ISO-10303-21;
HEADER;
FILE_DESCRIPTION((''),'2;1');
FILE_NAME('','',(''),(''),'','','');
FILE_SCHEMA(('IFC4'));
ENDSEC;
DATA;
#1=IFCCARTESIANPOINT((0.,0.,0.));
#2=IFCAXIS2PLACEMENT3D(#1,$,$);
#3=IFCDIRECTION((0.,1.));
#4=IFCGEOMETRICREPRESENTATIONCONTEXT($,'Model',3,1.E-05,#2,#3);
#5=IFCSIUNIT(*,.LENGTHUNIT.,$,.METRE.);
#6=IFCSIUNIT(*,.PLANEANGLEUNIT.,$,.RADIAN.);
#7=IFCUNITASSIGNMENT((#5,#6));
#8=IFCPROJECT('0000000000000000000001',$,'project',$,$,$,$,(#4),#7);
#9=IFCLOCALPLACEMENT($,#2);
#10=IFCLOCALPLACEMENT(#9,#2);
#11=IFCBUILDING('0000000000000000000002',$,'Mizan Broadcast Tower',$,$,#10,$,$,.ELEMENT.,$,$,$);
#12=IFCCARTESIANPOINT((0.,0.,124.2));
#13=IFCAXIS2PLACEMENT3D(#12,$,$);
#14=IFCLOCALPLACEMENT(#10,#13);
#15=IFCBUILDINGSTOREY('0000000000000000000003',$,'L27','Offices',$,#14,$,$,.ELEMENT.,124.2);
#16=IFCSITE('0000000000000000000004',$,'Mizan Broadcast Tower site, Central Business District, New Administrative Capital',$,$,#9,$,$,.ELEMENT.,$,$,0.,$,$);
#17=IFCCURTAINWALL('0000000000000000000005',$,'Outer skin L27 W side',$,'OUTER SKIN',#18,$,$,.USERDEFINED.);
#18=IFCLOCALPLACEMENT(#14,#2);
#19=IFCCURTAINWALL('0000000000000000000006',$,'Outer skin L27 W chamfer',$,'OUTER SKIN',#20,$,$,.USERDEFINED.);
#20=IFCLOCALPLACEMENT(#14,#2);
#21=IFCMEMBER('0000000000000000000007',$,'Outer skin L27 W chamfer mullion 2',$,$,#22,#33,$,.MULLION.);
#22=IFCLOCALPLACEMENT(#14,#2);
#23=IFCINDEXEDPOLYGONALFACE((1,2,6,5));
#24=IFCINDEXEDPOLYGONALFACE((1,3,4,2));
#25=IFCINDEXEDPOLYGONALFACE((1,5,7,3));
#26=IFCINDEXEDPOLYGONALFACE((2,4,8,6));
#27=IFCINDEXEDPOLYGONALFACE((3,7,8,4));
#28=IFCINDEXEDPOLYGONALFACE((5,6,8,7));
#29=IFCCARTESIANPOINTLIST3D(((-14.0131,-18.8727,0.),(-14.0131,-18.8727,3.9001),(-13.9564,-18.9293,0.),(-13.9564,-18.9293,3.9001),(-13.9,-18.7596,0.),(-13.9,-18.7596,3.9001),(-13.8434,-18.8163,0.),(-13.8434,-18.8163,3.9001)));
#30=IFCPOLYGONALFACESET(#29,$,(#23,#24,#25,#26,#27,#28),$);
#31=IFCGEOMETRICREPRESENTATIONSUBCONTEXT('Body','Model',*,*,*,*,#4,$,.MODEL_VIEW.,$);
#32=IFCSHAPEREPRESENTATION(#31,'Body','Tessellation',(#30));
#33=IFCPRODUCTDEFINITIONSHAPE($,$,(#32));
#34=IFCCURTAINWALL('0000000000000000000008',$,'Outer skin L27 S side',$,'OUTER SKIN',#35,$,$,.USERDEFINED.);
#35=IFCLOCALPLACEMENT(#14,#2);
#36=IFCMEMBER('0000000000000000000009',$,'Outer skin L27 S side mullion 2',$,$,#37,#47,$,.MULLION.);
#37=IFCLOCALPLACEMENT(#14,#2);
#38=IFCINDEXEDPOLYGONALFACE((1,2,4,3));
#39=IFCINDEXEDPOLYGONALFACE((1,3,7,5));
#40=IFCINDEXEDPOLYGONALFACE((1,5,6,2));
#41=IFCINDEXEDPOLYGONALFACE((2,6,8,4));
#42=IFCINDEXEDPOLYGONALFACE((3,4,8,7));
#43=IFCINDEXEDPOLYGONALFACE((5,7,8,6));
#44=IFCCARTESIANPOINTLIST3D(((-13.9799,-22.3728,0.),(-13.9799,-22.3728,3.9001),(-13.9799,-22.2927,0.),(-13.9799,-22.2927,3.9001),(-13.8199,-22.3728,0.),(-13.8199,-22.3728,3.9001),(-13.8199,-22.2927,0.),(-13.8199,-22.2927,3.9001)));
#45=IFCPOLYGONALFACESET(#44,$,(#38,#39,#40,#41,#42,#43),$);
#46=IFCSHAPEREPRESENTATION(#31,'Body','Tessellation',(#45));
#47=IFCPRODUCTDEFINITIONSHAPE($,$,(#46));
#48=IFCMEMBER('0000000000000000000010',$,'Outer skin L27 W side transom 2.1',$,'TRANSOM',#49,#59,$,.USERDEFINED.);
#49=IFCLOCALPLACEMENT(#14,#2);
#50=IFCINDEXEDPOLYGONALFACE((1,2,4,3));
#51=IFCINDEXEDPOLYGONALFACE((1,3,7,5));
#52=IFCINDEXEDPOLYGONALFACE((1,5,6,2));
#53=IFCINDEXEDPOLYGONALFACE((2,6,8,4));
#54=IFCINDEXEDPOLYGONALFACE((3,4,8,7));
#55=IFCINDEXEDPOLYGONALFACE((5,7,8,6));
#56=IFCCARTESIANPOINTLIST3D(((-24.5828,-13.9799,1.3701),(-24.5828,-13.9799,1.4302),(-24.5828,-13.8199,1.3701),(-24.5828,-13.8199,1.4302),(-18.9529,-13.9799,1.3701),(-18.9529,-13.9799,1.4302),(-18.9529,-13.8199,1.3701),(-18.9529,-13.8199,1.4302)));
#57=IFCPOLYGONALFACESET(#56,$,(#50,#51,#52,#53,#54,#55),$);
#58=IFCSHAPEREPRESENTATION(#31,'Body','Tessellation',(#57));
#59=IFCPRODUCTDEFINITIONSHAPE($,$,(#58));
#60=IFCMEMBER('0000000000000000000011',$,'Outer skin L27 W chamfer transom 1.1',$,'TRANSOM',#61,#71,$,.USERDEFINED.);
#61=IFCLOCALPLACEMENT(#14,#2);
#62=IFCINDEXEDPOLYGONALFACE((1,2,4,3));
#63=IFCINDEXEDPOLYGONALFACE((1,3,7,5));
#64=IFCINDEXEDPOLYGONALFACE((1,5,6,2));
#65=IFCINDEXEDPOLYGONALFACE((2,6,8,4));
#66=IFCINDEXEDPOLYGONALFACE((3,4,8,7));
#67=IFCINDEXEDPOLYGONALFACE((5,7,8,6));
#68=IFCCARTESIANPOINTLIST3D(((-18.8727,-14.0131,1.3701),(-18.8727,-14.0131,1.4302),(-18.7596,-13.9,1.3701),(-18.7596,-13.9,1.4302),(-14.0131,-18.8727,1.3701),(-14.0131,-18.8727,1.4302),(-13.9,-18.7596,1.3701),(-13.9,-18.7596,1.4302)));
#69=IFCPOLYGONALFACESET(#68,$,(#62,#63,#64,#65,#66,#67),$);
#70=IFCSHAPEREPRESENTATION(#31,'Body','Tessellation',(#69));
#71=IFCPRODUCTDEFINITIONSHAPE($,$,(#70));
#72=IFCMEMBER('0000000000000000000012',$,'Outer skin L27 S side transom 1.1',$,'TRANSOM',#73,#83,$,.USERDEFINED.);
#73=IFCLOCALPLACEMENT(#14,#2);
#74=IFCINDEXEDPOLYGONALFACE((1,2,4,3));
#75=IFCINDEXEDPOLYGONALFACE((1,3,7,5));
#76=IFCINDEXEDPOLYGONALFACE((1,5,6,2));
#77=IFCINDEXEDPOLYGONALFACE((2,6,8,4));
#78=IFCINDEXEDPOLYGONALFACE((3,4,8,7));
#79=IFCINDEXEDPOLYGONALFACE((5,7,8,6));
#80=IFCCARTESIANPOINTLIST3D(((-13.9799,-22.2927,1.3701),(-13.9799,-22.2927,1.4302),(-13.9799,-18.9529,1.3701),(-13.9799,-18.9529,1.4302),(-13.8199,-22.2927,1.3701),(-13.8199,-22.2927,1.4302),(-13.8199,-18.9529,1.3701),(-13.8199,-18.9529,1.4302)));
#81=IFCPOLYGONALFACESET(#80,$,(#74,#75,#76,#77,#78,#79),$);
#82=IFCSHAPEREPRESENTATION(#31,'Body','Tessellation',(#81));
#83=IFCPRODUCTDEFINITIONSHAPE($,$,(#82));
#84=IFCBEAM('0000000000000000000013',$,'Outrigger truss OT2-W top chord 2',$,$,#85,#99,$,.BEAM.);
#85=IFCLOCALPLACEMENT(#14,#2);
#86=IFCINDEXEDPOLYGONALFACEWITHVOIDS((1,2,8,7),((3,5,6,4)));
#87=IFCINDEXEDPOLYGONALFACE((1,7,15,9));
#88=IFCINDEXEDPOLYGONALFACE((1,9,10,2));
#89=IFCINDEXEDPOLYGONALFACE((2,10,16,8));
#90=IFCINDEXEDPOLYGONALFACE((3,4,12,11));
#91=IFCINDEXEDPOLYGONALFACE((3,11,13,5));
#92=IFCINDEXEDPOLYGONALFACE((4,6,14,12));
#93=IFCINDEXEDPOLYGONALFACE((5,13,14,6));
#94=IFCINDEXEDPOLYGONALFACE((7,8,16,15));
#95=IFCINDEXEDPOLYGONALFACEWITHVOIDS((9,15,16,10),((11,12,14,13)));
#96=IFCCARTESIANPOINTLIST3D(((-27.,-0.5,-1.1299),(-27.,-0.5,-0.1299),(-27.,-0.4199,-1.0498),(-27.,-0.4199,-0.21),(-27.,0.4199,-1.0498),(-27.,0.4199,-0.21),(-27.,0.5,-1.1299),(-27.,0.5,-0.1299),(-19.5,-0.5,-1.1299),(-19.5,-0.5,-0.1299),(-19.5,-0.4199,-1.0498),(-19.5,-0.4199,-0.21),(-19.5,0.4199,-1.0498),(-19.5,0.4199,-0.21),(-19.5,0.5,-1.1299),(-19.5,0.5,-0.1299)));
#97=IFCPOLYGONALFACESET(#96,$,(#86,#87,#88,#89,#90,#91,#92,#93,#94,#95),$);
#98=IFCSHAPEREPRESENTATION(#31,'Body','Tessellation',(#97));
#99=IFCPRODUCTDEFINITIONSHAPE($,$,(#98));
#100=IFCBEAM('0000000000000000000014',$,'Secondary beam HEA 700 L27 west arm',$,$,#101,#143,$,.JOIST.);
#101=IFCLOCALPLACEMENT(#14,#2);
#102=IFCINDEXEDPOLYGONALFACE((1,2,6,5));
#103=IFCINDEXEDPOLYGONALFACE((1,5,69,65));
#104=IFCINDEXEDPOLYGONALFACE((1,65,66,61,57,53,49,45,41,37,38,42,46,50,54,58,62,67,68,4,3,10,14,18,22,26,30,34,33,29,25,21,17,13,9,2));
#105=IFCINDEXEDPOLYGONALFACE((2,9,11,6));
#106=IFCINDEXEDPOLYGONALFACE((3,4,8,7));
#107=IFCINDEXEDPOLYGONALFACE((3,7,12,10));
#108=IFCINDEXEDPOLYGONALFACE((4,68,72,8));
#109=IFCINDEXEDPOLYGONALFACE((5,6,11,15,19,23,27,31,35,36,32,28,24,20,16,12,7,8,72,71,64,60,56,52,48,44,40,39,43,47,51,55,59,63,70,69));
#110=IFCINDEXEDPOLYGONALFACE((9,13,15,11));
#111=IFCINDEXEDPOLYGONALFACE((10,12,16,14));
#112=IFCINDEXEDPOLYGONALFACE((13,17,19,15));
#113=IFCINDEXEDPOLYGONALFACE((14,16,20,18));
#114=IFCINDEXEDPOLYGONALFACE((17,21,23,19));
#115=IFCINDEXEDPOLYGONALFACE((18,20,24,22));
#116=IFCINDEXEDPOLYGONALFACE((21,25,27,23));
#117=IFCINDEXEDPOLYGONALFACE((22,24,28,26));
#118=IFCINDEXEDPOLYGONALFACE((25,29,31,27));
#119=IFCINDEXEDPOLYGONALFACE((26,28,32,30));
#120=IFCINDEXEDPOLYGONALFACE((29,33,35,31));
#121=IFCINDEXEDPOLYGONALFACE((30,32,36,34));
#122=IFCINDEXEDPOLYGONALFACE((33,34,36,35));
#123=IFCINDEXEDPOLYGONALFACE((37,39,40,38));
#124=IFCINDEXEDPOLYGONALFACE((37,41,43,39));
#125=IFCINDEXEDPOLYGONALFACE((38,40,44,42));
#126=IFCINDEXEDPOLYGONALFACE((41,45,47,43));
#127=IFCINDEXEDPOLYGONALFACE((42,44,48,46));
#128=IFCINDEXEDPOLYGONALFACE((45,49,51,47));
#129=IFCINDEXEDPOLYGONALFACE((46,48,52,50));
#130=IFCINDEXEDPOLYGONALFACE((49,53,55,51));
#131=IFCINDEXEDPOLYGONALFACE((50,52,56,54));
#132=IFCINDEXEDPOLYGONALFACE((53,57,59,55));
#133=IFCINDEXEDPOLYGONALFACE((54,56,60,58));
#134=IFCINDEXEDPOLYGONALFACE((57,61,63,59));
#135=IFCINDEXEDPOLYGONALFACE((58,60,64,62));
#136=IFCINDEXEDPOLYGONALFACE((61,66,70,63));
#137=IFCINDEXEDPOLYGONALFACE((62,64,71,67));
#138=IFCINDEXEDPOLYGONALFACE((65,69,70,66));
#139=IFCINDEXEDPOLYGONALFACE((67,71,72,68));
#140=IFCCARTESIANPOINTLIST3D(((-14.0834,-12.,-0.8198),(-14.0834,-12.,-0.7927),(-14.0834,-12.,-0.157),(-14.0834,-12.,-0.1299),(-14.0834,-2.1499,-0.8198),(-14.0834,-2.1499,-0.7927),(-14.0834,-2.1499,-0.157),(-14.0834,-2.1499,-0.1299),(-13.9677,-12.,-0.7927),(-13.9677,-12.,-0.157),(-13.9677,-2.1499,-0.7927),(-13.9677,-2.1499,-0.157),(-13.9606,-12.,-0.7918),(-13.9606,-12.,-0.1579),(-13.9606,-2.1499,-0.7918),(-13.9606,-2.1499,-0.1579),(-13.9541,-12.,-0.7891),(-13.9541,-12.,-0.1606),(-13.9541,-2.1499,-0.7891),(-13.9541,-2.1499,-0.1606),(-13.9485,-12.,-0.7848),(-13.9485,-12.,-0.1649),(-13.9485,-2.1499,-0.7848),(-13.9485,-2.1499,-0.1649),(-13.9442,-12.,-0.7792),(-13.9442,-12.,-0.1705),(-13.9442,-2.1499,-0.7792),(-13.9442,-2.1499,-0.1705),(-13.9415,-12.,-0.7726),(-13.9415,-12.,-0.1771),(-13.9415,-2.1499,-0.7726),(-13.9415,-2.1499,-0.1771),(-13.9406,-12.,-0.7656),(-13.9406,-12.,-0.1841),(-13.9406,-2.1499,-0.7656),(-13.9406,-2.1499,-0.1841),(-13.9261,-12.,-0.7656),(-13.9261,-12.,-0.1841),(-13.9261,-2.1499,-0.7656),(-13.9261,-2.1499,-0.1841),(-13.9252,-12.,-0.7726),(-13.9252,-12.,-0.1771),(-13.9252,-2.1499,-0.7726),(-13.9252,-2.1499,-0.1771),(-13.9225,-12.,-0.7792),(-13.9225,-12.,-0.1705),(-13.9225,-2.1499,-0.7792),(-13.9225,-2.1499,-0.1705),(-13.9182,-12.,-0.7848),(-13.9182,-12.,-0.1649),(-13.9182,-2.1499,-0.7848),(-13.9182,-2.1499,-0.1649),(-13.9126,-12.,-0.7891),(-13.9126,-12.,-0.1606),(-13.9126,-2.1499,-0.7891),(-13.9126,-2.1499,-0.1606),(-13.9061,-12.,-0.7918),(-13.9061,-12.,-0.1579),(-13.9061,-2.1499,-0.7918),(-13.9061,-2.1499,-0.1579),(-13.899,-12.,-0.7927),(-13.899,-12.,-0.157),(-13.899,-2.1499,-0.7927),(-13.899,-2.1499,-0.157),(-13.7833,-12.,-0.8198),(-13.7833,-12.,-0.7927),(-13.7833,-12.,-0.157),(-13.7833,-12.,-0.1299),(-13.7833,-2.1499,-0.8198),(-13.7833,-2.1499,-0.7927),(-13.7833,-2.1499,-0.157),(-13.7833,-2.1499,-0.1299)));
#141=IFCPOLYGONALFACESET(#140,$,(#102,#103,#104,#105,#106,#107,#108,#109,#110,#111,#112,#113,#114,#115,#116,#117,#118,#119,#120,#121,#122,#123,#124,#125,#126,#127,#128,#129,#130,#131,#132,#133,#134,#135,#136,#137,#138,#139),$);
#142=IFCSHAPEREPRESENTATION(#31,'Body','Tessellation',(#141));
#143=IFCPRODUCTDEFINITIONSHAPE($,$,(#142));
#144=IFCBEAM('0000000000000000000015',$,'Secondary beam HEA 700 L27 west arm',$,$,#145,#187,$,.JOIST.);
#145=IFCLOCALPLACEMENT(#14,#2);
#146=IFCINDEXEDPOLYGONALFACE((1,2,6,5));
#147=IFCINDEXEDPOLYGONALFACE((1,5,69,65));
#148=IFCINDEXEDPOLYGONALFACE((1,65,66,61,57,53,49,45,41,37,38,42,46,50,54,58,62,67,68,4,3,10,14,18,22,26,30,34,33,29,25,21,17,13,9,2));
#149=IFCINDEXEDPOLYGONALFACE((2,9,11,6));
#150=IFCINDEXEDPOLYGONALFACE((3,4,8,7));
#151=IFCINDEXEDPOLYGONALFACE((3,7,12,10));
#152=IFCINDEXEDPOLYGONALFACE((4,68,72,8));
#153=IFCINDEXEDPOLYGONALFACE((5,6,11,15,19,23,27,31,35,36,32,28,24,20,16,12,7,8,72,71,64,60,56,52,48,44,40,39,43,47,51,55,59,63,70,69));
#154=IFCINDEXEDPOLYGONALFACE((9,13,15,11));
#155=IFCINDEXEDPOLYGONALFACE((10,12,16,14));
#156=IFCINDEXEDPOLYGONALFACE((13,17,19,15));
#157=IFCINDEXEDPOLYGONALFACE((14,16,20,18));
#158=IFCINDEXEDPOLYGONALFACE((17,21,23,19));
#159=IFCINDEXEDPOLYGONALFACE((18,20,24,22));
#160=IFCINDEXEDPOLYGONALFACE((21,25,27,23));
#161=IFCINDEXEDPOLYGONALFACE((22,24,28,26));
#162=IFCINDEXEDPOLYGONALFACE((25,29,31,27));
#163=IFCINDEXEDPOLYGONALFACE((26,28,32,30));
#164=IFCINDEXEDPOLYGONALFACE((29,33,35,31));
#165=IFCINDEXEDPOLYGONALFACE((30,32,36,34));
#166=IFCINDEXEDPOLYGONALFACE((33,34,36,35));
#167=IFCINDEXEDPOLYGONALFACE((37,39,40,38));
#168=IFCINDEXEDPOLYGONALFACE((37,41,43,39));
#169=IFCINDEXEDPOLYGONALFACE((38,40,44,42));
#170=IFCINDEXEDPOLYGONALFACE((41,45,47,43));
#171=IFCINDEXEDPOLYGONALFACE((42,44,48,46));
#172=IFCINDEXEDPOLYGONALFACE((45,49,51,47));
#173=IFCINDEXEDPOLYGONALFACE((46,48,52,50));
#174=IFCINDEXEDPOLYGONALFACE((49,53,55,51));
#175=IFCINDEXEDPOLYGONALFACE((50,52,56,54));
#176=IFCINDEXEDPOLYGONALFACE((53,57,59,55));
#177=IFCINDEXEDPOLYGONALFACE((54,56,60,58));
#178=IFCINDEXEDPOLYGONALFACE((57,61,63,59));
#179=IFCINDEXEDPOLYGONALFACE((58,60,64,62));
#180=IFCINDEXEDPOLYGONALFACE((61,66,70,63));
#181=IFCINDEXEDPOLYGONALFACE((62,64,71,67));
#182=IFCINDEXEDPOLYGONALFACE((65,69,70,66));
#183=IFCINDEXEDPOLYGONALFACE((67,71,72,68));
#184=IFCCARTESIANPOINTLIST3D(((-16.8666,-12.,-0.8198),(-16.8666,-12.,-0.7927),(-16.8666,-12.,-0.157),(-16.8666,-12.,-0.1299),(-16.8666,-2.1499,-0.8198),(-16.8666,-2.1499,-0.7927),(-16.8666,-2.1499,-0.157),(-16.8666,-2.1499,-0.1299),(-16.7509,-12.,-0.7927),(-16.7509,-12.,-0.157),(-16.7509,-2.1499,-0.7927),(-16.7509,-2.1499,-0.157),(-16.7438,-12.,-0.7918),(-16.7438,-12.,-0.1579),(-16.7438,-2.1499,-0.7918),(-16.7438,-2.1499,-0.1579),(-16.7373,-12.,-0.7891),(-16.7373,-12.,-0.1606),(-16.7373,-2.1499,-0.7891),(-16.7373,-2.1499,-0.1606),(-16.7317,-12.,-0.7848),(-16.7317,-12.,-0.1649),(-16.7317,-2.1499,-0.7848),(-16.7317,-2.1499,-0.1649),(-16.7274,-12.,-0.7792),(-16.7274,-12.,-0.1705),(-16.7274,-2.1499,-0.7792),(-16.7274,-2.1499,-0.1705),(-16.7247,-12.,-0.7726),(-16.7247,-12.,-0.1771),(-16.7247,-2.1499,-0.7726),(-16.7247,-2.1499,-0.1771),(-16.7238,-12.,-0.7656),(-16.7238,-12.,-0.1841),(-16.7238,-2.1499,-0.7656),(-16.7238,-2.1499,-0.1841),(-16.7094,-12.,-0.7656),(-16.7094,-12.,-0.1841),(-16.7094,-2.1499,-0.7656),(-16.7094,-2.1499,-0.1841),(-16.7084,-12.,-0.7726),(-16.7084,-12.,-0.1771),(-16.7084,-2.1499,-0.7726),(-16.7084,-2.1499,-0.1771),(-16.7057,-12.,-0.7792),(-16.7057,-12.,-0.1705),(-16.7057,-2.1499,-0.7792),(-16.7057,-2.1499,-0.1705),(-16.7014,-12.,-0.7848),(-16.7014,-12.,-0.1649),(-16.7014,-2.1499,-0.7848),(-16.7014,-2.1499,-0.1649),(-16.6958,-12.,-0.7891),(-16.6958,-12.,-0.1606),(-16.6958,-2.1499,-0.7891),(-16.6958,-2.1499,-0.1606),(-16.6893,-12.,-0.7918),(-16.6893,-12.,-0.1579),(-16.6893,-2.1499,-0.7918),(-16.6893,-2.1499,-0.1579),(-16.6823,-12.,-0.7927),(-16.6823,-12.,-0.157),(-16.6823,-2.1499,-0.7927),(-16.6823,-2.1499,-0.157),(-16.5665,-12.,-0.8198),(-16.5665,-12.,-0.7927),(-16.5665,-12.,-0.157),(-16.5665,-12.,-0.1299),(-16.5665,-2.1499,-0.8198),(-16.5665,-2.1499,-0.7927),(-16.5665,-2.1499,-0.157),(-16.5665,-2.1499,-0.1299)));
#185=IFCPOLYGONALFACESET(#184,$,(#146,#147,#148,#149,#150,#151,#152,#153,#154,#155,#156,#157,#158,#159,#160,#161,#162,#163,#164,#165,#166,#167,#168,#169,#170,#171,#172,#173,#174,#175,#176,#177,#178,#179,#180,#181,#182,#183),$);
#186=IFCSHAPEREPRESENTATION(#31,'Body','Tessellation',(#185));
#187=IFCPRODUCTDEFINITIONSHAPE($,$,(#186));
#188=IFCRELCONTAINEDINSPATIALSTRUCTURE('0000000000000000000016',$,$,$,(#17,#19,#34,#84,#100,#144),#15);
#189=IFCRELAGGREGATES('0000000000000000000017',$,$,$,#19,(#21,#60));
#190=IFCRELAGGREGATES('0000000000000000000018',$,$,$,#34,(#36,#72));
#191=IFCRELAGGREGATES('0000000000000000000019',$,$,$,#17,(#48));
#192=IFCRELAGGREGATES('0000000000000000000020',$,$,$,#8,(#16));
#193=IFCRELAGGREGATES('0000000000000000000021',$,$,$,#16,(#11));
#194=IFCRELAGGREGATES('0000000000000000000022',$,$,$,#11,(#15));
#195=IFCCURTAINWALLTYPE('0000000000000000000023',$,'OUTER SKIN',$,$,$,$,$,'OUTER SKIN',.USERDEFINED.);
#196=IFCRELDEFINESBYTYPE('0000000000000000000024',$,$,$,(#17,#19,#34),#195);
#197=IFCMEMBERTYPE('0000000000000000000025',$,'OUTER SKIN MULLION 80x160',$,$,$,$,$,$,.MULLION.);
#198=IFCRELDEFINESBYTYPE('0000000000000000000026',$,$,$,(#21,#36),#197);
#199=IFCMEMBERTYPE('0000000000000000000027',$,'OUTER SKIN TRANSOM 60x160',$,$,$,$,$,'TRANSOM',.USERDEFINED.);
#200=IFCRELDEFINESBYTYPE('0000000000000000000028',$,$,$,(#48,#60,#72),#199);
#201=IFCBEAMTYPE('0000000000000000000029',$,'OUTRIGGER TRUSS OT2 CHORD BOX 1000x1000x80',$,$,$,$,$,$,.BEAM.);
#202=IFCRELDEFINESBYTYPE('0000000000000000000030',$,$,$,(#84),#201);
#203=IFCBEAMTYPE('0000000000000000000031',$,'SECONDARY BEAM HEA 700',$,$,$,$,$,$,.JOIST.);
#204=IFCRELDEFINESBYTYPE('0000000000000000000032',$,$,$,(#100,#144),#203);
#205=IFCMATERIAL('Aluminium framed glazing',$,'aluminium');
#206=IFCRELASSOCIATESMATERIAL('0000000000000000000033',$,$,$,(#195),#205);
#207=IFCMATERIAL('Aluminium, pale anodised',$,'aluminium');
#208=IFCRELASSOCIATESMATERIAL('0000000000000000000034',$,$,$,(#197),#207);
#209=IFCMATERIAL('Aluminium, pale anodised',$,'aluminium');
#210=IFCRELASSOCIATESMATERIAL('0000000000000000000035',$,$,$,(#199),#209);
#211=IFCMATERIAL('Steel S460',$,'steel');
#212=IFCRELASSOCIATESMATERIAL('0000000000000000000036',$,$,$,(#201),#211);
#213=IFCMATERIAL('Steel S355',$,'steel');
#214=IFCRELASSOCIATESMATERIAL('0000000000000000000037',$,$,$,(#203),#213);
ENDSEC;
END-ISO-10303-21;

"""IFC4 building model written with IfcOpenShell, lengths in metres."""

from ifc_helpers import new_model, si_unit, direction, frame, origin, origin_2d, place, context, subcontext, project, spatial, rectangle, hollow_rectangle, i_section, extrude, material, material_profile, profile_set, type_object, element, aggregate, save


model = new_model("IFC4")

# Units and contexts
model_context = context("Model", 3, precision=1e-05, world=origin(), true_north=direction((0.0, 1.0)))
body_context = subcontext(model_context, "Body", "Model", "MODEL_VIEW")
ifc_project = project(units=[si_unit("LENGTHUNIT", "METRE"), si_unit("PLANEANGLEUNIT", "RADIAN")], contexts=[model_context])

# Site, building, storey
site_placement = place(None, origin())
site = spatial("IfcSite", under=ifc_project, at=site_placement, Name="Mizan Broadcast Tower site, Central Business District, New Administrative Capital", CompositionType="ELEMENT", RefElevation=0.0)
building_placement = place(site_placement, origin())
building = spatial("IfcBuilding", under=site, at=building_placement, Name="Mizan Broadcast Tower", CompositionType="ELEMENT")
storey_placement = place(building_placement, frame((0.0, 0.0, 124.2)))
storey = spatial("IfcBuildingStorey", under=building, at=storey_placement, Name="L27", Description="Offices", CompositionType="ELEMENT", Elevation=124.2)

# Curtain wall
ifc_material_1 = material(Name="Aluminium framed glazing", Category="aluminium")
curtain_wall_type_1 = type_object("IfcCurtainWallType", Name="OUTER SKIN", ElementType="OUTER SKIN", PredefinedType="USERDEFINED", material=ifc_material_1)
curtain_wall_1_placement = place(storey_placement, origin())
curtain_wall_1 = element("IfcCurtainWall", 1, at=curtain_wall_1_placement, inside=storey, type_object=curtain_wall_type_1, Name="Outer skin L27 W side", ObjectType="OUTER SKIN", PredefinedType="USERDEFINED")
ifc_material_2 = material(Name="Aluminium, pale anodised", Category="aluminium")
ifc_material_profile_1 = material_profile(ifc_material_2, rectangle(XDim=0.1599, YDim=0.0801, at=origin_2d()), Name="MULLION 160x80")
ifc_profile_set_1 = profile_set([ifc_material_profile_1], Name="Aluminium, pale anodised")
member_type_1 = type_object("IfcMemberType", Name="OUTER SKIN MULLION 80x160", PredefinedType="MULLION", material=ifc_profile_set_1)

# Curtain walls, members
curtain_wall_2_placement = place(storey_placement, origin())
curtain_wall_2 = element("IfcCurtainWall", 2, at=curtain_wall_2_placement, inside=storey, type_object=curtain_wall_type_1, Name="Outer skin L27 W chamfer", ObjectType="OUTER SKIN", PredefinedType="USERDEFINED")
member_1_placement = place(storey_placement, frame((-13.9282, -18.8445, 0.0), z_axis=(0.0, 0.0, 1.0), x_axis=(0.707107, 0.707107, 0.0)))
member_1 = element("IfcMember", 3, at=member_1_placement, type_object=member_type_1, Name="Outer skin L27 W chamfer mullion 2", PredefinedType="MULLION", context=body_context, shape_type="SweptSolid", body=[
    extrude(rectangle(XDim=0.1599, YDim=0.0801, at=origin_2d()), origin(), (0.0, 0.0, 1.0), 3.9001),
])
curtain_wall_3_placement = place(storey_placement, origin())
curtain_wall_3 = element("IfcCurtainWall", 4, at=curtain_wall_3_placement, inside=storey, type_object=curtain_wall_type_1, Name="Outer skin L27 S side", ObjectType="OUTER SKIN", PredefinedType="USERDEFINED")
member_2_placement = place(storey_placement, frame((-13.8999, -22.3328, 0.0), z_axis=(0.0, 0.0, 1.0), x_axis=(1.0, 0.0, 0.0)))
member_2 = element("IfcMember", 5, at=member_2_placement, type_object=member_type_1, Name="Outer skin L27 S side mullion 2", PredefinedType="MULLION", context=body_context, shape_type="SweptSolid", body=[
    extrude(rectangle(XDim=0.1599, YDim=0.0801, at=origin_2d()), origin(), (0.0, 0.0, 1.0), 3.9001),
])

# Members
ifc_material_3 = material(Name="Aluminium, pale anodised", Category="aluminium")
ifc_material_profile_2 = material_profile(ifc_material_3, rectangle(XDim=0.1599, YDim=0.0601, at=origin_2d()), Name="TRANSOM 160x60")
ifc_profile_set_2 = profile_set([ifc_material_profile_2], Name="Aluminium, pale anodised")
member_type_2 = type_object("IfcMemberType", Name="OUTER SKIN TRANSOM 60x160", ElementType="TRANSOM", PredefinedType="USERDEFINED", material=ifc_profile_set_2)
member_3_placement = place(storey_placement, frame((-24.5828, -13.8999, 1.4001), z_axis=(1.0, 0.0, 0.0), x_axis=(0.0, 1.0, 0.0)))
member_3 = element("IfcMember", 6, at=member_3_placement, type_object=member_type_2, Name="Outer skin L27 W side transom 2.1", ObjectType="TRANSOM", PredefinedType="USERDEFINED", context=body_context, shape_type="SweptSolid", body=[
    extrude(rectangle(XDim=0.1599, YDim=0.0601, at=origin_2d()), origin(), (0.0, 0.0, 1.0), 5.6299),
])
member_4_placement = place(storey_placement, frame((-18.8162, -13.9565, 1.4001), z_axis=(0.707107, -0.707107, 0.0), x_axis=(0.707107, 0.707107, 0.0)))
member_4 = element("IfcMember", 7, at=member_4_placement, type_object=member_type_2, Name="Outer skin L27 W chamfer transom 1.1", ObjectType="TRANSOM", PredefinedType="USERDEFINED", context=body_context, shape_type="SweptSolid", body=[
    extrude(rectangle(XDim=0.1599, YDim=0.0601, at=origin_2d()), origin(), (0.0, 0.0, 1.0), 6.8726),
])
member_5_placement = place(storey_placement, frame((-13.8999, -18.9529, 1.4001), z_axis=(0.0, -1.0, 0.0), x_axis=(1.0, 0.0, 0.0)))
member_5 = element("IfcMember", 8, at=member_5_placement, type_object=member_type_2, Name="Outer skin L27 S side transom 1.1", ObjectType="TRANSOM", PredefinedType="USERDEFINED", context=body_context, shape_type="SweptSolid", body=[
    extrude(rectangle(XDim=0.1599, YDim=0.0601, at=origin_2d()), origin(), (0.0, 0.0, 1.0), 3.3398),
])

# Beams
ifc_material_4 = material(Name="Steel S460", Category="steel")
ifc_material_profile_3 = material_profile(ifc_material_4, hollow_rectangle(XDim=1.0, YDim=1.0, WallThickness=0.0801, at=origin_2d()), Name="BOX 1000x1000x80")
ifc_profile_set_3 = profile_set([ifc_material_profile_3], Name="Steel S460")
beam_type_1 = type_object("IfcBeamType", Name="OUTRIGGER TRUSS OT2 CHORD BOX 1000x1000x80", PredefinedType="BEAM", material=ifc_profile_set_3)
beam_1_placement = place(storey_placement, frame((-19.5, 0.0, -0.6299), z_axis=(-1.0, 0.0, 0.0), x_axis=(0.0, -1.0, 0.0)))
element("IfcBeam", 9, at=beam_1_placement, inside=storey, type_object=beam_type_1, Name="Outrigger truss OT2-W top chord 2", PredefinedType="BEAM", context=body_context, shape_type="SweptSolid", body=[
    extrude(hollow_rectangle(XDim=1.0, YDim=1.0, WallThickness=0.0801, at=origin_2d()), origin(), (0.0, 0.0, 1.0), 7.5),
])
ifc_material_5 = material(Name="Steel S355", Category="steel")
ifc_material_profile_4 = material_profile(ifc_material_5, i_section(OverallWidth=0.3, OverallDepth=0.6899, WebThickness=0.0144, FlangeThickness=0.0271, FilletRadius=0.0271, at=origin_2d()), Name="HEA 700")
ifc_profile_set_4 = profile_set([ifc_material_profile_4], Name="Steel S355")
beam_type_2 = type_object("IfcBeamType", Name="SECONDARY BEAM HEA 700", PredefinedType="JOIST", material=ifc_profile_set_4)
for number, where, z_axis, x_axis, name in (
    (10, (-13.9333, -12.0, -0.4749), (0.0, 1.0, 0.0), (-1.0, 0.0, 0.0), "Secondary beam HEA 700 L27 west arm"),
    (11, (-16.7166, -12.0, -0.4749), (0.0, 1.0, 0.0), (-1.0, 0.0, 0.0), "Secondary beam HEA 700 L27 west arm"),
):
    element("IfcBeam", number, at=place(storey_placement, frame(where, z_axis=z_axis, x_axis=x_axis)), inside=storey, type_object=beam_type_2, Name=name, PredefinedType="JOIST", context=body_context, shape_type="SweptSolid", body=[
        extrude(i_section(OverallWidth=0.3, OverallDepth=0.6899, WebThickness=0.0144, FlangeThickness=0.0271, FilletRadius=0.0271, at=origin_2d()), origin(), (0.0, 0.0, 1.0), 9.8501),
    ])

aggregate(curtain_wall_2, [member_1, member_4])
aggregate(curtain_wall_3, [member_2, member_5])
aggregate(curtain_wall_1, [member_3])

save(model, "model.ifc")
